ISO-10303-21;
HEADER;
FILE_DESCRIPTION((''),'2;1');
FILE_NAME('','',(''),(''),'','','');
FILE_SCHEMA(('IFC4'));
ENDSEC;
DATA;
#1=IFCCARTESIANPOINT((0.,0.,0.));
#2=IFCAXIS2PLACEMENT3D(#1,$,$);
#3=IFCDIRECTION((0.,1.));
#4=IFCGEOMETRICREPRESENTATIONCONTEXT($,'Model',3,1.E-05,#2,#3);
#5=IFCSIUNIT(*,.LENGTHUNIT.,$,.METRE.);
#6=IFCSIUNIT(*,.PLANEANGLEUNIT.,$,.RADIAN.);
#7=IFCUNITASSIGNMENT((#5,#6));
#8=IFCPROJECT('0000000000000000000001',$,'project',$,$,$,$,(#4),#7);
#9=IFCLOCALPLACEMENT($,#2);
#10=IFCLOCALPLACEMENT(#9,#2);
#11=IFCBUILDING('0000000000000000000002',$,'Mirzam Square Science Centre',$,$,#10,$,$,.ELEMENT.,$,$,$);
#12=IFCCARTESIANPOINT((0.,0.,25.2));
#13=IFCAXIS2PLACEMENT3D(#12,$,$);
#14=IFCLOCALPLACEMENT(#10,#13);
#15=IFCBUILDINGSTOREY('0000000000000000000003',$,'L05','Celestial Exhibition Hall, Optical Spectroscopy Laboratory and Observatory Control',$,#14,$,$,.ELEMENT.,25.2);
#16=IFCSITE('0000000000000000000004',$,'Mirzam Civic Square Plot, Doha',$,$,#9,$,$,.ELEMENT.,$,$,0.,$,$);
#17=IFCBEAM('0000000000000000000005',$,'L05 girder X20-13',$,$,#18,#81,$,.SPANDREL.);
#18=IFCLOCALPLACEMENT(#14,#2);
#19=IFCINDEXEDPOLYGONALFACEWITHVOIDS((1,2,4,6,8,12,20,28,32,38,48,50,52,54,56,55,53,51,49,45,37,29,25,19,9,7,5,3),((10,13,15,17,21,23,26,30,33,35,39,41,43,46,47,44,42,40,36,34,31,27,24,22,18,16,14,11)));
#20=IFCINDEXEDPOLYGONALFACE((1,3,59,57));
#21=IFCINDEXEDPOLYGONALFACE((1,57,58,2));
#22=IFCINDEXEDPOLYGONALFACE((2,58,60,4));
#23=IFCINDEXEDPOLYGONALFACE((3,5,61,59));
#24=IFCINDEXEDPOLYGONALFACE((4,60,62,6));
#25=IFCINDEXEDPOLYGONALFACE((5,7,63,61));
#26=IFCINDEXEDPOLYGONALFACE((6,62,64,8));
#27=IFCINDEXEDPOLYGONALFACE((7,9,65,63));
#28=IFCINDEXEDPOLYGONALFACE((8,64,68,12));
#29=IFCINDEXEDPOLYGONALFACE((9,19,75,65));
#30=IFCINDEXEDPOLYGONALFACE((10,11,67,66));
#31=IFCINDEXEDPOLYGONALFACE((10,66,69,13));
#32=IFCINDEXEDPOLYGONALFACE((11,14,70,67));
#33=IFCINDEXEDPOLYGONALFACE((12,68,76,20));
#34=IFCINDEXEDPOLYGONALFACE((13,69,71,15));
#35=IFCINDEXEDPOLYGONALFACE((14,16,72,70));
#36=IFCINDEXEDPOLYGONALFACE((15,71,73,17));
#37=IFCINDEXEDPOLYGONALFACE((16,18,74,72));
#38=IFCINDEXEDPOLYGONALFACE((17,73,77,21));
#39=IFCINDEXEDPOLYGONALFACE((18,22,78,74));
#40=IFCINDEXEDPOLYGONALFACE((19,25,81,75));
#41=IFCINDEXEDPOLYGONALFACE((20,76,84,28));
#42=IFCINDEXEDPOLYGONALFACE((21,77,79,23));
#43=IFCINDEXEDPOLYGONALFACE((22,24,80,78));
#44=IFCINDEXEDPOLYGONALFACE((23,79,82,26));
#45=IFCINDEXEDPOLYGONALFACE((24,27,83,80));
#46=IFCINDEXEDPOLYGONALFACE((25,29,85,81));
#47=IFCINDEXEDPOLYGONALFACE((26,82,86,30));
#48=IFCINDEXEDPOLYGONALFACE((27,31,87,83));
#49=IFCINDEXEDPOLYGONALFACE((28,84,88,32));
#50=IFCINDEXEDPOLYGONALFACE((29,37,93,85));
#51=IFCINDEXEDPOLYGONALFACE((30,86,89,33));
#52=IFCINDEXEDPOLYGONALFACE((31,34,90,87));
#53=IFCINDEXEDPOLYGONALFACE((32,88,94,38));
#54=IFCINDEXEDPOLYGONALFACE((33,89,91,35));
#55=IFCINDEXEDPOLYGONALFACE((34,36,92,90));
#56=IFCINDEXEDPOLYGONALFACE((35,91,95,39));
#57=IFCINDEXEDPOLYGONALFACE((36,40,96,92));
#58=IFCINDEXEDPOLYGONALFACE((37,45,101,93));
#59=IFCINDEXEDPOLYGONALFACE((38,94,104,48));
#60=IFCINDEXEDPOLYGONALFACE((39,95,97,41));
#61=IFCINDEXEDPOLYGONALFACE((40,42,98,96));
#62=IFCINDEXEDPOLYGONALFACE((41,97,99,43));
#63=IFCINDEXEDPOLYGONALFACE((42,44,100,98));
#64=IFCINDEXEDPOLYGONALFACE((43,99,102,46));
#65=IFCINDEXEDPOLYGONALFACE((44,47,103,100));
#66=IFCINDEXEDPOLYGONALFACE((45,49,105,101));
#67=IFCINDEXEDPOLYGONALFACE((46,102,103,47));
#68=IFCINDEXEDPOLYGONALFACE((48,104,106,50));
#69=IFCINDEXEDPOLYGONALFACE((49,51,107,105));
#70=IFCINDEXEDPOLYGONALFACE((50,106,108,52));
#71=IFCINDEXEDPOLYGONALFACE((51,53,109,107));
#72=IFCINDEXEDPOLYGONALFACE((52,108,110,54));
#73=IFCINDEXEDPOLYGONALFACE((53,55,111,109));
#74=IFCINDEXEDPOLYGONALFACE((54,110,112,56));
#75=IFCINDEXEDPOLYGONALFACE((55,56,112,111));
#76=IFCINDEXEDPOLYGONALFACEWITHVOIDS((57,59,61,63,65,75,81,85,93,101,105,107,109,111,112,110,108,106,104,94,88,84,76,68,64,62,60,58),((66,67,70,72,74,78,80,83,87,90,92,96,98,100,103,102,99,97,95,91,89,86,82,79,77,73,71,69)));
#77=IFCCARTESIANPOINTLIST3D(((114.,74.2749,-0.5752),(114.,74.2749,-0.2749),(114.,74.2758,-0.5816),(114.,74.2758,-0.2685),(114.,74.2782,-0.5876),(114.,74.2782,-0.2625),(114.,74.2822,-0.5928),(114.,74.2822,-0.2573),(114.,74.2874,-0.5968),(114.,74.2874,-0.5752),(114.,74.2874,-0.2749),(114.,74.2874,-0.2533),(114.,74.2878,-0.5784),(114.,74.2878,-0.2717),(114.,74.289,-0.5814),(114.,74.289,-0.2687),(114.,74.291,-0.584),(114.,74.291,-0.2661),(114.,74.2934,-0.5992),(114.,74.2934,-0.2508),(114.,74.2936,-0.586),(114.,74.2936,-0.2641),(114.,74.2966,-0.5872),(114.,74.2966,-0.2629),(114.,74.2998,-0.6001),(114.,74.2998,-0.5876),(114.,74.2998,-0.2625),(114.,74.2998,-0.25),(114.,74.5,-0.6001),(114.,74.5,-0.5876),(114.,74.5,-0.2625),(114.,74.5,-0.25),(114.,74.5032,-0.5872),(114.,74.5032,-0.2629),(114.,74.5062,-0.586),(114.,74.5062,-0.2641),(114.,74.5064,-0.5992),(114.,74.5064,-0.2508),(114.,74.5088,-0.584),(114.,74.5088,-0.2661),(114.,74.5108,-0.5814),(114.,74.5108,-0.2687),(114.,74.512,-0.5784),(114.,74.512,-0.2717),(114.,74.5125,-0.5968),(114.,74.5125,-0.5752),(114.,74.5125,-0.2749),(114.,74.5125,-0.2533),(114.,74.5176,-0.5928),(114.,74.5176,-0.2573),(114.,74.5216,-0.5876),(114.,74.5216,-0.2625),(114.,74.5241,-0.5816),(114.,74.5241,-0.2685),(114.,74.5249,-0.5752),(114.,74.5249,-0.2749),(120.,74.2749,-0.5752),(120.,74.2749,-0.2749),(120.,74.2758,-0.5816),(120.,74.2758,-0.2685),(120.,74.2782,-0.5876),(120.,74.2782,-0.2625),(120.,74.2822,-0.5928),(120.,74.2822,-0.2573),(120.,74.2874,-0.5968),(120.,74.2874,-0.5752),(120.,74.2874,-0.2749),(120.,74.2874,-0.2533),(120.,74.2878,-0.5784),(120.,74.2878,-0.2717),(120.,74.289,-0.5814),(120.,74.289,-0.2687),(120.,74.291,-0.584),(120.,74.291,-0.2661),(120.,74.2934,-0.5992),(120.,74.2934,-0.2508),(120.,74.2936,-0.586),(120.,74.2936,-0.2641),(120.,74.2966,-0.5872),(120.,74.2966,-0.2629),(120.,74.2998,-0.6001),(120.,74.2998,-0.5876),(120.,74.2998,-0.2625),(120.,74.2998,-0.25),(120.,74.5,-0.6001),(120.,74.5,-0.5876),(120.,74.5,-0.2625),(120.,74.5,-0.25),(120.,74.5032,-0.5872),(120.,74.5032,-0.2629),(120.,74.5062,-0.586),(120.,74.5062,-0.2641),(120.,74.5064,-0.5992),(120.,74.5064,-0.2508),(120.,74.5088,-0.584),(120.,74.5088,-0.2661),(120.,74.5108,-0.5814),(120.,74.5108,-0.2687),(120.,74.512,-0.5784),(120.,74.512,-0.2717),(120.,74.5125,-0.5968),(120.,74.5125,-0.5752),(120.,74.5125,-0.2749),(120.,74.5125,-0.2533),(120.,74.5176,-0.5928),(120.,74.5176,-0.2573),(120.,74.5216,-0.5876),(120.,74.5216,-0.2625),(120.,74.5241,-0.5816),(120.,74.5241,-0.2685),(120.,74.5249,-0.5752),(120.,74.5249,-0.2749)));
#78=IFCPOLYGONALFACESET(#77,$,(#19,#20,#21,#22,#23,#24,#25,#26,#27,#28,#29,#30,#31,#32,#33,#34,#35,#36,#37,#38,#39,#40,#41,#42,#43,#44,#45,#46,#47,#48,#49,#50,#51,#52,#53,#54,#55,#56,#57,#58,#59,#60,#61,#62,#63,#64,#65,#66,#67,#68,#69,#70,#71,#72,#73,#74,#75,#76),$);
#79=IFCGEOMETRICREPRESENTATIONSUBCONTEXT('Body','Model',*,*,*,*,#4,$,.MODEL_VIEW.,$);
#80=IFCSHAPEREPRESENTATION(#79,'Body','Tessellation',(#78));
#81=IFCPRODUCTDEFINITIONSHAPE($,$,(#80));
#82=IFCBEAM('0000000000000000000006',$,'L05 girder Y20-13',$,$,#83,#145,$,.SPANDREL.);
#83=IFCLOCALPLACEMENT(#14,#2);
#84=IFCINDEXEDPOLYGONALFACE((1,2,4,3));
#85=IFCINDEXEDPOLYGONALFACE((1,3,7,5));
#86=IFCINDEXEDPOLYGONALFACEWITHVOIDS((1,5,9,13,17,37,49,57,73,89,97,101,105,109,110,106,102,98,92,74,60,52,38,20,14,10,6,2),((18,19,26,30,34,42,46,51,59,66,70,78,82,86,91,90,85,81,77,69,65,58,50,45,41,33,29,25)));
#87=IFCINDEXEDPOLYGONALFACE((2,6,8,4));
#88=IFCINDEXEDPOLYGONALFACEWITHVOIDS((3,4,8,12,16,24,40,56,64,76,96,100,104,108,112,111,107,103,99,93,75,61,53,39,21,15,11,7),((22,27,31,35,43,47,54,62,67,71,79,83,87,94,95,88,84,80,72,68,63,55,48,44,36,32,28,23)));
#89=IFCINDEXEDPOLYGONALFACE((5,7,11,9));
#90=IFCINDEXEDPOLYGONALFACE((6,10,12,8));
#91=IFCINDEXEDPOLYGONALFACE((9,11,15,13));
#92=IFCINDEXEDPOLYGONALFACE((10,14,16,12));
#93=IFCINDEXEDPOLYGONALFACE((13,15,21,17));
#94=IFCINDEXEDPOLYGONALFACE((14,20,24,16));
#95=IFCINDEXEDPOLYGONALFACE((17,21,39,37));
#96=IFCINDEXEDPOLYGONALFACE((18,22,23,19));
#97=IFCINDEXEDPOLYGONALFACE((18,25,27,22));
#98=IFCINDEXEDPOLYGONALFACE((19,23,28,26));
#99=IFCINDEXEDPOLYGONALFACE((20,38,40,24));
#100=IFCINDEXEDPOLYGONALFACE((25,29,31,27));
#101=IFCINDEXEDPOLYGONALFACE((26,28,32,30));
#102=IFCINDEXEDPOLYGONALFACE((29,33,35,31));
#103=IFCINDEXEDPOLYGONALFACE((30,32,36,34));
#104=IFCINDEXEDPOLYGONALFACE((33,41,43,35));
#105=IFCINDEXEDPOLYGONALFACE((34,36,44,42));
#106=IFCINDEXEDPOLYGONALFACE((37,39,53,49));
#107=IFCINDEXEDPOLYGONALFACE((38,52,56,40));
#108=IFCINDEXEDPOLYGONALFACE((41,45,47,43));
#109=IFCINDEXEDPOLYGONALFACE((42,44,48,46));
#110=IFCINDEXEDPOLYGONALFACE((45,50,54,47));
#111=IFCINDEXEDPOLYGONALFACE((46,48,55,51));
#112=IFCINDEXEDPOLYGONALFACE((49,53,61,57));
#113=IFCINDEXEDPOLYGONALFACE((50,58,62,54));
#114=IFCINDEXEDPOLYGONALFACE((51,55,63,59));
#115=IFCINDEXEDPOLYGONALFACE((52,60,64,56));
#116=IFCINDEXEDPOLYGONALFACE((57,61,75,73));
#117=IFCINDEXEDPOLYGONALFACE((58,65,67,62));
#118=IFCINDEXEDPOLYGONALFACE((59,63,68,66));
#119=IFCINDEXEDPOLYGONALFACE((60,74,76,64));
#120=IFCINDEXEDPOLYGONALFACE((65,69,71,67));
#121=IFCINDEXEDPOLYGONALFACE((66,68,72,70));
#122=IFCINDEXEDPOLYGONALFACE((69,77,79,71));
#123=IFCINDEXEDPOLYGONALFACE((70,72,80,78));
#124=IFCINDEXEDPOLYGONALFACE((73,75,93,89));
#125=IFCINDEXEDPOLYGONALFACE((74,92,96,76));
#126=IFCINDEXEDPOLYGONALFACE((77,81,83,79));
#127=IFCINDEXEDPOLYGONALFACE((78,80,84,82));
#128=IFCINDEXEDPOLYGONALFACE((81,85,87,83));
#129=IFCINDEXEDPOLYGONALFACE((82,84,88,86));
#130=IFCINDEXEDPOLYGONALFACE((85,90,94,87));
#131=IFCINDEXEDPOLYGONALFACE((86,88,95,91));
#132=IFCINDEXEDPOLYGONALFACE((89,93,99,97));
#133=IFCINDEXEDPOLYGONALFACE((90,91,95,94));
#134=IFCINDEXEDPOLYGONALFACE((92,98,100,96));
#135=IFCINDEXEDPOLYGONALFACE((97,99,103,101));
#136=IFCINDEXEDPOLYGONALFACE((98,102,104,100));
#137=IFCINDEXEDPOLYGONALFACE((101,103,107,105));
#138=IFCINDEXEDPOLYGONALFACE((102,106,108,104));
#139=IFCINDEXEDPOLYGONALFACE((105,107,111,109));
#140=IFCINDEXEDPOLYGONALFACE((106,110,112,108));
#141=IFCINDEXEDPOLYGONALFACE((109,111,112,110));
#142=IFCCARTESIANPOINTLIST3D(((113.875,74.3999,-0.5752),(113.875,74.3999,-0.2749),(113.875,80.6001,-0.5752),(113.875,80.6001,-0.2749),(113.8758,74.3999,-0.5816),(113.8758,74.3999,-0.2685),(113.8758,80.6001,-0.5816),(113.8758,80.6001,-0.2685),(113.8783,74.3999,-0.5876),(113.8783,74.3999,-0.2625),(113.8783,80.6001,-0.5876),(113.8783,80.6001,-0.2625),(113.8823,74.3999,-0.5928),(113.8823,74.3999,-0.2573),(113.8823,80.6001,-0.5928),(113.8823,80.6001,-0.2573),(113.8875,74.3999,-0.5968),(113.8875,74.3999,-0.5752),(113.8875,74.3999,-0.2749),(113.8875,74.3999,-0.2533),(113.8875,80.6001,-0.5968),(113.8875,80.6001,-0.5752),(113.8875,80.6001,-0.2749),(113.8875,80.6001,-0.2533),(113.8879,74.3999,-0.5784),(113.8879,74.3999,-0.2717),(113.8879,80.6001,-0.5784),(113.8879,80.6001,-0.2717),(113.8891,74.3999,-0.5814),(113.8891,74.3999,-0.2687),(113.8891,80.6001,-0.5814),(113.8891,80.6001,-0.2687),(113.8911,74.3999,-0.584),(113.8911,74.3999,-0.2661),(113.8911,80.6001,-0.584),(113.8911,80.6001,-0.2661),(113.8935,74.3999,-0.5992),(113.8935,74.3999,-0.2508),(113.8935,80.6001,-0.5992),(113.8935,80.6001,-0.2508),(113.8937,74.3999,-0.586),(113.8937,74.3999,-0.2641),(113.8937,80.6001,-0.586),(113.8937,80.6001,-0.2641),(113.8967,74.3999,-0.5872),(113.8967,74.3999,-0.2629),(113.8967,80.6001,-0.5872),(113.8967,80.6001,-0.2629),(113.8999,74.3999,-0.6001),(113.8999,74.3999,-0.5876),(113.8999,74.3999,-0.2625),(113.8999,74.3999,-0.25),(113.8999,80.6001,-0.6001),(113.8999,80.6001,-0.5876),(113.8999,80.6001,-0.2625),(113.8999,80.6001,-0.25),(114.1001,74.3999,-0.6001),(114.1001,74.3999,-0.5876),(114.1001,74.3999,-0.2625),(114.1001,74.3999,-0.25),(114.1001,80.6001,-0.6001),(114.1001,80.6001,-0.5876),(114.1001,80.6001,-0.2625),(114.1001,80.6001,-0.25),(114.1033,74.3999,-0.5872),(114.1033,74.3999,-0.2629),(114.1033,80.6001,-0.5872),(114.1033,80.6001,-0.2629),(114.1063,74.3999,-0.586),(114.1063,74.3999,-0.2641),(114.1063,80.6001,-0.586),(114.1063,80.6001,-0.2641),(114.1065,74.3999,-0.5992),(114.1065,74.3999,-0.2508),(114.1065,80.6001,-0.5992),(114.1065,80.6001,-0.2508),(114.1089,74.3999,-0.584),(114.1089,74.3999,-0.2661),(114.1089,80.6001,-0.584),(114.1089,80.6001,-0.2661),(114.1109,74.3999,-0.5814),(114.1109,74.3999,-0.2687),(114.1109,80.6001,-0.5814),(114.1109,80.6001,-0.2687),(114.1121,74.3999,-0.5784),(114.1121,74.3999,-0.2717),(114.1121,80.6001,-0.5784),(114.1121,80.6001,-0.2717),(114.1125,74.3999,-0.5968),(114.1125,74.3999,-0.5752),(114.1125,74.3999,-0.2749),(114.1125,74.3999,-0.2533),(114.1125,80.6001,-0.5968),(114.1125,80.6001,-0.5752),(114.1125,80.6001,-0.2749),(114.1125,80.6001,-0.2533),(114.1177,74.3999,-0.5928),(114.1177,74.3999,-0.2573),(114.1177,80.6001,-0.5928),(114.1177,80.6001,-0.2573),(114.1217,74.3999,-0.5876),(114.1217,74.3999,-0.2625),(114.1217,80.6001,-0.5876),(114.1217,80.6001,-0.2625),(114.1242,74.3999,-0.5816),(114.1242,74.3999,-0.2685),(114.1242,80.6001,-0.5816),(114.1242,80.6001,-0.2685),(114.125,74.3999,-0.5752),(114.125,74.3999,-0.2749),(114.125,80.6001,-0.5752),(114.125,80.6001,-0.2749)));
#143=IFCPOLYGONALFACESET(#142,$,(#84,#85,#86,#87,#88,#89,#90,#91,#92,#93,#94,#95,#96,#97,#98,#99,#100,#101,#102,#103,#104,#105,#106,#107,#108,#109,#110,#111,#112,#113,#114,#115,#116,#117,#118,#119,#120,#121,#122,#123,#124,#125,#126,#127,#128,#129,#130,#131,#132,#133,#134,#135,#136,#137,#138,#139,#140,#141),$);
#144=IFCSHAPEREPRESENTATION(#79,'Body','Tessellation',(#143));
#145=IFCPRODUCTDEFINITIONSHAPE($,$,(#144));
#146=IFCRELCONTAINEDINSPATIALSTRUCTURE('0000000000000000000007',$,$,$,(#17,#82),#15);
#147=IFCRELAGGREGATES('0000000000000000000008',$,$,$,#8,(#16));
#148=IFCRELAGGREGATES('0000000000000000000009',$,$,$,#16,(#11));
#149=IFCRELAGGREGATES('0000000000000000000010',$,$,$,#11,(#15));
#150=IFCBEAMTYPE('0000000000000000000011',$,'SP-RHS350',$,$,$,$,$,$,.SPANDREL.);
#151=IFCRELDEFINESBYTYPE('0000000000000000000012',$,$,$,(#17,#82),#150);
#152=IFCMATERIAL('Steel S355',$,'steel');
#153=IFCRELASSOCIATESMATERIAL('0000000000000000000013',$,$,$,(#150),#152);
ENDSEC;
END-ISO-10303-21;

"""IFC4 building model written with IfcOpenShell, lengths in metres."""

from ifc_helpers import new_model, si_unit, direction, frame, origin, origin_2d, place, context, subcontext, project, spatial, hollow_rectangle, extrude, material, material_profile, profile_set, type_object, element, save


model = new_model("IFC4")

# Units and contexts
model_context = context("Model", 3, precision=1e-05, world=origin(), true_north=direction((0.0, 1.0)))
body_context = subcontext(model_context, "Body", "Model", "MODEL_VIEW")
ifc_project = project(units=[si_unit("LENGTHUNIT", "METRE"), si_unit("PLANEANGLEUNIT", "RADIAN")], contexts=[model_context])

# Site, building, storey
site_placement = place(None, origin())
site = spatial("IfcSite", under=ifc_project, at=site_placement, Name="Mirzam Civic Square Plot, Doha", CompositionType="ELEMENT", RefElevation=0.0)
building_placement = place(site_placement, origin())
building = spatial("IfcBuilding", under=site, at=building_placement, Name="Mirzam Square Science Centre", CompositionType="ELEMENT")
storey_placement = place(building_placement, frame((0.0, 0.0, 25.2)))
storey = spatial("IfcBuildingStorey", under=building, at=storey_placement, Name="L05", Description="Celestial Exhibition Hall, Optical Spectroscopy Laboratory and Observatory Control", CompositionType="ELEMENT", Elevation=25.2)

# Shared definitions
ifc_material_1 = material(Name="Steel S355", Category="steel")

# Beams
ifc_material_profile_1 = material_profile(ifc_material_1, hollow_rectangle(XDim=0.25, YDim=0.3501, WallThickness=0.0125, InnerFilletRadius=0.0125, OuterFilletRadius=0.0249, at=origin_2d()), Name="350x250x12.5RHS")
ifc_profile_set_1 = profile_set([ifc_material_profile_1], Name="Steel S355")
beam_type_1 = type_object("IfcBeamType", Name="SP-RHS350", PredefinedType="SPANDREL", material=ifc_profile_set_1)
beam_1_placement = place(storey_placement, frame((114.0, 74.3999, -0.425), z_axis=(1.0, 0.0, 0.0), x_axis=(0.0, 1.0, 0.0)))
element("IfcBeam", 1, at=beam_1_placement, inside=storey, type_object=beam_type_1, Name="L05 girder X20-13", PredefinedType="SPANDREL", context=body_context, shape_type="SweptSolid", body=[
    extrude(hollow_rectangle(XDim=0.25, YDim=0.3501, WallThickness=0.0125, InnerFilletRadius=0.0125, OuterFilletRadius=0.0249, at=origin_2d()), origin(), (0.0, 0.0, 1.0), 6.0),
])
beam_2_placement = place(storey_placement, frame((114.0, 74.3999, -0.425), z_axis=(0.0, 1.0, 0.0), x_axis=(-1.0, 0.0, 0.0)))
element("IfcBeam", 2, at=beam_2_placement, inside=storey, type_object=beam_type_1, Name="L05 girder Y20-13", PredefinedType="SPANDREL", context=body_context, shape_type="SweptSolid", body=[
    extrude(hollow_rectangle(XDim=0.25, YDim=0.3501, WallThickness=0.0125, InnerFilletRadius=0.0125, OuterFilletRadius=0.0249, at=origin_2d()), origin(), (0.0, 0.0, 1.0), 6.2002),
])

save(model, "model.ifc")
